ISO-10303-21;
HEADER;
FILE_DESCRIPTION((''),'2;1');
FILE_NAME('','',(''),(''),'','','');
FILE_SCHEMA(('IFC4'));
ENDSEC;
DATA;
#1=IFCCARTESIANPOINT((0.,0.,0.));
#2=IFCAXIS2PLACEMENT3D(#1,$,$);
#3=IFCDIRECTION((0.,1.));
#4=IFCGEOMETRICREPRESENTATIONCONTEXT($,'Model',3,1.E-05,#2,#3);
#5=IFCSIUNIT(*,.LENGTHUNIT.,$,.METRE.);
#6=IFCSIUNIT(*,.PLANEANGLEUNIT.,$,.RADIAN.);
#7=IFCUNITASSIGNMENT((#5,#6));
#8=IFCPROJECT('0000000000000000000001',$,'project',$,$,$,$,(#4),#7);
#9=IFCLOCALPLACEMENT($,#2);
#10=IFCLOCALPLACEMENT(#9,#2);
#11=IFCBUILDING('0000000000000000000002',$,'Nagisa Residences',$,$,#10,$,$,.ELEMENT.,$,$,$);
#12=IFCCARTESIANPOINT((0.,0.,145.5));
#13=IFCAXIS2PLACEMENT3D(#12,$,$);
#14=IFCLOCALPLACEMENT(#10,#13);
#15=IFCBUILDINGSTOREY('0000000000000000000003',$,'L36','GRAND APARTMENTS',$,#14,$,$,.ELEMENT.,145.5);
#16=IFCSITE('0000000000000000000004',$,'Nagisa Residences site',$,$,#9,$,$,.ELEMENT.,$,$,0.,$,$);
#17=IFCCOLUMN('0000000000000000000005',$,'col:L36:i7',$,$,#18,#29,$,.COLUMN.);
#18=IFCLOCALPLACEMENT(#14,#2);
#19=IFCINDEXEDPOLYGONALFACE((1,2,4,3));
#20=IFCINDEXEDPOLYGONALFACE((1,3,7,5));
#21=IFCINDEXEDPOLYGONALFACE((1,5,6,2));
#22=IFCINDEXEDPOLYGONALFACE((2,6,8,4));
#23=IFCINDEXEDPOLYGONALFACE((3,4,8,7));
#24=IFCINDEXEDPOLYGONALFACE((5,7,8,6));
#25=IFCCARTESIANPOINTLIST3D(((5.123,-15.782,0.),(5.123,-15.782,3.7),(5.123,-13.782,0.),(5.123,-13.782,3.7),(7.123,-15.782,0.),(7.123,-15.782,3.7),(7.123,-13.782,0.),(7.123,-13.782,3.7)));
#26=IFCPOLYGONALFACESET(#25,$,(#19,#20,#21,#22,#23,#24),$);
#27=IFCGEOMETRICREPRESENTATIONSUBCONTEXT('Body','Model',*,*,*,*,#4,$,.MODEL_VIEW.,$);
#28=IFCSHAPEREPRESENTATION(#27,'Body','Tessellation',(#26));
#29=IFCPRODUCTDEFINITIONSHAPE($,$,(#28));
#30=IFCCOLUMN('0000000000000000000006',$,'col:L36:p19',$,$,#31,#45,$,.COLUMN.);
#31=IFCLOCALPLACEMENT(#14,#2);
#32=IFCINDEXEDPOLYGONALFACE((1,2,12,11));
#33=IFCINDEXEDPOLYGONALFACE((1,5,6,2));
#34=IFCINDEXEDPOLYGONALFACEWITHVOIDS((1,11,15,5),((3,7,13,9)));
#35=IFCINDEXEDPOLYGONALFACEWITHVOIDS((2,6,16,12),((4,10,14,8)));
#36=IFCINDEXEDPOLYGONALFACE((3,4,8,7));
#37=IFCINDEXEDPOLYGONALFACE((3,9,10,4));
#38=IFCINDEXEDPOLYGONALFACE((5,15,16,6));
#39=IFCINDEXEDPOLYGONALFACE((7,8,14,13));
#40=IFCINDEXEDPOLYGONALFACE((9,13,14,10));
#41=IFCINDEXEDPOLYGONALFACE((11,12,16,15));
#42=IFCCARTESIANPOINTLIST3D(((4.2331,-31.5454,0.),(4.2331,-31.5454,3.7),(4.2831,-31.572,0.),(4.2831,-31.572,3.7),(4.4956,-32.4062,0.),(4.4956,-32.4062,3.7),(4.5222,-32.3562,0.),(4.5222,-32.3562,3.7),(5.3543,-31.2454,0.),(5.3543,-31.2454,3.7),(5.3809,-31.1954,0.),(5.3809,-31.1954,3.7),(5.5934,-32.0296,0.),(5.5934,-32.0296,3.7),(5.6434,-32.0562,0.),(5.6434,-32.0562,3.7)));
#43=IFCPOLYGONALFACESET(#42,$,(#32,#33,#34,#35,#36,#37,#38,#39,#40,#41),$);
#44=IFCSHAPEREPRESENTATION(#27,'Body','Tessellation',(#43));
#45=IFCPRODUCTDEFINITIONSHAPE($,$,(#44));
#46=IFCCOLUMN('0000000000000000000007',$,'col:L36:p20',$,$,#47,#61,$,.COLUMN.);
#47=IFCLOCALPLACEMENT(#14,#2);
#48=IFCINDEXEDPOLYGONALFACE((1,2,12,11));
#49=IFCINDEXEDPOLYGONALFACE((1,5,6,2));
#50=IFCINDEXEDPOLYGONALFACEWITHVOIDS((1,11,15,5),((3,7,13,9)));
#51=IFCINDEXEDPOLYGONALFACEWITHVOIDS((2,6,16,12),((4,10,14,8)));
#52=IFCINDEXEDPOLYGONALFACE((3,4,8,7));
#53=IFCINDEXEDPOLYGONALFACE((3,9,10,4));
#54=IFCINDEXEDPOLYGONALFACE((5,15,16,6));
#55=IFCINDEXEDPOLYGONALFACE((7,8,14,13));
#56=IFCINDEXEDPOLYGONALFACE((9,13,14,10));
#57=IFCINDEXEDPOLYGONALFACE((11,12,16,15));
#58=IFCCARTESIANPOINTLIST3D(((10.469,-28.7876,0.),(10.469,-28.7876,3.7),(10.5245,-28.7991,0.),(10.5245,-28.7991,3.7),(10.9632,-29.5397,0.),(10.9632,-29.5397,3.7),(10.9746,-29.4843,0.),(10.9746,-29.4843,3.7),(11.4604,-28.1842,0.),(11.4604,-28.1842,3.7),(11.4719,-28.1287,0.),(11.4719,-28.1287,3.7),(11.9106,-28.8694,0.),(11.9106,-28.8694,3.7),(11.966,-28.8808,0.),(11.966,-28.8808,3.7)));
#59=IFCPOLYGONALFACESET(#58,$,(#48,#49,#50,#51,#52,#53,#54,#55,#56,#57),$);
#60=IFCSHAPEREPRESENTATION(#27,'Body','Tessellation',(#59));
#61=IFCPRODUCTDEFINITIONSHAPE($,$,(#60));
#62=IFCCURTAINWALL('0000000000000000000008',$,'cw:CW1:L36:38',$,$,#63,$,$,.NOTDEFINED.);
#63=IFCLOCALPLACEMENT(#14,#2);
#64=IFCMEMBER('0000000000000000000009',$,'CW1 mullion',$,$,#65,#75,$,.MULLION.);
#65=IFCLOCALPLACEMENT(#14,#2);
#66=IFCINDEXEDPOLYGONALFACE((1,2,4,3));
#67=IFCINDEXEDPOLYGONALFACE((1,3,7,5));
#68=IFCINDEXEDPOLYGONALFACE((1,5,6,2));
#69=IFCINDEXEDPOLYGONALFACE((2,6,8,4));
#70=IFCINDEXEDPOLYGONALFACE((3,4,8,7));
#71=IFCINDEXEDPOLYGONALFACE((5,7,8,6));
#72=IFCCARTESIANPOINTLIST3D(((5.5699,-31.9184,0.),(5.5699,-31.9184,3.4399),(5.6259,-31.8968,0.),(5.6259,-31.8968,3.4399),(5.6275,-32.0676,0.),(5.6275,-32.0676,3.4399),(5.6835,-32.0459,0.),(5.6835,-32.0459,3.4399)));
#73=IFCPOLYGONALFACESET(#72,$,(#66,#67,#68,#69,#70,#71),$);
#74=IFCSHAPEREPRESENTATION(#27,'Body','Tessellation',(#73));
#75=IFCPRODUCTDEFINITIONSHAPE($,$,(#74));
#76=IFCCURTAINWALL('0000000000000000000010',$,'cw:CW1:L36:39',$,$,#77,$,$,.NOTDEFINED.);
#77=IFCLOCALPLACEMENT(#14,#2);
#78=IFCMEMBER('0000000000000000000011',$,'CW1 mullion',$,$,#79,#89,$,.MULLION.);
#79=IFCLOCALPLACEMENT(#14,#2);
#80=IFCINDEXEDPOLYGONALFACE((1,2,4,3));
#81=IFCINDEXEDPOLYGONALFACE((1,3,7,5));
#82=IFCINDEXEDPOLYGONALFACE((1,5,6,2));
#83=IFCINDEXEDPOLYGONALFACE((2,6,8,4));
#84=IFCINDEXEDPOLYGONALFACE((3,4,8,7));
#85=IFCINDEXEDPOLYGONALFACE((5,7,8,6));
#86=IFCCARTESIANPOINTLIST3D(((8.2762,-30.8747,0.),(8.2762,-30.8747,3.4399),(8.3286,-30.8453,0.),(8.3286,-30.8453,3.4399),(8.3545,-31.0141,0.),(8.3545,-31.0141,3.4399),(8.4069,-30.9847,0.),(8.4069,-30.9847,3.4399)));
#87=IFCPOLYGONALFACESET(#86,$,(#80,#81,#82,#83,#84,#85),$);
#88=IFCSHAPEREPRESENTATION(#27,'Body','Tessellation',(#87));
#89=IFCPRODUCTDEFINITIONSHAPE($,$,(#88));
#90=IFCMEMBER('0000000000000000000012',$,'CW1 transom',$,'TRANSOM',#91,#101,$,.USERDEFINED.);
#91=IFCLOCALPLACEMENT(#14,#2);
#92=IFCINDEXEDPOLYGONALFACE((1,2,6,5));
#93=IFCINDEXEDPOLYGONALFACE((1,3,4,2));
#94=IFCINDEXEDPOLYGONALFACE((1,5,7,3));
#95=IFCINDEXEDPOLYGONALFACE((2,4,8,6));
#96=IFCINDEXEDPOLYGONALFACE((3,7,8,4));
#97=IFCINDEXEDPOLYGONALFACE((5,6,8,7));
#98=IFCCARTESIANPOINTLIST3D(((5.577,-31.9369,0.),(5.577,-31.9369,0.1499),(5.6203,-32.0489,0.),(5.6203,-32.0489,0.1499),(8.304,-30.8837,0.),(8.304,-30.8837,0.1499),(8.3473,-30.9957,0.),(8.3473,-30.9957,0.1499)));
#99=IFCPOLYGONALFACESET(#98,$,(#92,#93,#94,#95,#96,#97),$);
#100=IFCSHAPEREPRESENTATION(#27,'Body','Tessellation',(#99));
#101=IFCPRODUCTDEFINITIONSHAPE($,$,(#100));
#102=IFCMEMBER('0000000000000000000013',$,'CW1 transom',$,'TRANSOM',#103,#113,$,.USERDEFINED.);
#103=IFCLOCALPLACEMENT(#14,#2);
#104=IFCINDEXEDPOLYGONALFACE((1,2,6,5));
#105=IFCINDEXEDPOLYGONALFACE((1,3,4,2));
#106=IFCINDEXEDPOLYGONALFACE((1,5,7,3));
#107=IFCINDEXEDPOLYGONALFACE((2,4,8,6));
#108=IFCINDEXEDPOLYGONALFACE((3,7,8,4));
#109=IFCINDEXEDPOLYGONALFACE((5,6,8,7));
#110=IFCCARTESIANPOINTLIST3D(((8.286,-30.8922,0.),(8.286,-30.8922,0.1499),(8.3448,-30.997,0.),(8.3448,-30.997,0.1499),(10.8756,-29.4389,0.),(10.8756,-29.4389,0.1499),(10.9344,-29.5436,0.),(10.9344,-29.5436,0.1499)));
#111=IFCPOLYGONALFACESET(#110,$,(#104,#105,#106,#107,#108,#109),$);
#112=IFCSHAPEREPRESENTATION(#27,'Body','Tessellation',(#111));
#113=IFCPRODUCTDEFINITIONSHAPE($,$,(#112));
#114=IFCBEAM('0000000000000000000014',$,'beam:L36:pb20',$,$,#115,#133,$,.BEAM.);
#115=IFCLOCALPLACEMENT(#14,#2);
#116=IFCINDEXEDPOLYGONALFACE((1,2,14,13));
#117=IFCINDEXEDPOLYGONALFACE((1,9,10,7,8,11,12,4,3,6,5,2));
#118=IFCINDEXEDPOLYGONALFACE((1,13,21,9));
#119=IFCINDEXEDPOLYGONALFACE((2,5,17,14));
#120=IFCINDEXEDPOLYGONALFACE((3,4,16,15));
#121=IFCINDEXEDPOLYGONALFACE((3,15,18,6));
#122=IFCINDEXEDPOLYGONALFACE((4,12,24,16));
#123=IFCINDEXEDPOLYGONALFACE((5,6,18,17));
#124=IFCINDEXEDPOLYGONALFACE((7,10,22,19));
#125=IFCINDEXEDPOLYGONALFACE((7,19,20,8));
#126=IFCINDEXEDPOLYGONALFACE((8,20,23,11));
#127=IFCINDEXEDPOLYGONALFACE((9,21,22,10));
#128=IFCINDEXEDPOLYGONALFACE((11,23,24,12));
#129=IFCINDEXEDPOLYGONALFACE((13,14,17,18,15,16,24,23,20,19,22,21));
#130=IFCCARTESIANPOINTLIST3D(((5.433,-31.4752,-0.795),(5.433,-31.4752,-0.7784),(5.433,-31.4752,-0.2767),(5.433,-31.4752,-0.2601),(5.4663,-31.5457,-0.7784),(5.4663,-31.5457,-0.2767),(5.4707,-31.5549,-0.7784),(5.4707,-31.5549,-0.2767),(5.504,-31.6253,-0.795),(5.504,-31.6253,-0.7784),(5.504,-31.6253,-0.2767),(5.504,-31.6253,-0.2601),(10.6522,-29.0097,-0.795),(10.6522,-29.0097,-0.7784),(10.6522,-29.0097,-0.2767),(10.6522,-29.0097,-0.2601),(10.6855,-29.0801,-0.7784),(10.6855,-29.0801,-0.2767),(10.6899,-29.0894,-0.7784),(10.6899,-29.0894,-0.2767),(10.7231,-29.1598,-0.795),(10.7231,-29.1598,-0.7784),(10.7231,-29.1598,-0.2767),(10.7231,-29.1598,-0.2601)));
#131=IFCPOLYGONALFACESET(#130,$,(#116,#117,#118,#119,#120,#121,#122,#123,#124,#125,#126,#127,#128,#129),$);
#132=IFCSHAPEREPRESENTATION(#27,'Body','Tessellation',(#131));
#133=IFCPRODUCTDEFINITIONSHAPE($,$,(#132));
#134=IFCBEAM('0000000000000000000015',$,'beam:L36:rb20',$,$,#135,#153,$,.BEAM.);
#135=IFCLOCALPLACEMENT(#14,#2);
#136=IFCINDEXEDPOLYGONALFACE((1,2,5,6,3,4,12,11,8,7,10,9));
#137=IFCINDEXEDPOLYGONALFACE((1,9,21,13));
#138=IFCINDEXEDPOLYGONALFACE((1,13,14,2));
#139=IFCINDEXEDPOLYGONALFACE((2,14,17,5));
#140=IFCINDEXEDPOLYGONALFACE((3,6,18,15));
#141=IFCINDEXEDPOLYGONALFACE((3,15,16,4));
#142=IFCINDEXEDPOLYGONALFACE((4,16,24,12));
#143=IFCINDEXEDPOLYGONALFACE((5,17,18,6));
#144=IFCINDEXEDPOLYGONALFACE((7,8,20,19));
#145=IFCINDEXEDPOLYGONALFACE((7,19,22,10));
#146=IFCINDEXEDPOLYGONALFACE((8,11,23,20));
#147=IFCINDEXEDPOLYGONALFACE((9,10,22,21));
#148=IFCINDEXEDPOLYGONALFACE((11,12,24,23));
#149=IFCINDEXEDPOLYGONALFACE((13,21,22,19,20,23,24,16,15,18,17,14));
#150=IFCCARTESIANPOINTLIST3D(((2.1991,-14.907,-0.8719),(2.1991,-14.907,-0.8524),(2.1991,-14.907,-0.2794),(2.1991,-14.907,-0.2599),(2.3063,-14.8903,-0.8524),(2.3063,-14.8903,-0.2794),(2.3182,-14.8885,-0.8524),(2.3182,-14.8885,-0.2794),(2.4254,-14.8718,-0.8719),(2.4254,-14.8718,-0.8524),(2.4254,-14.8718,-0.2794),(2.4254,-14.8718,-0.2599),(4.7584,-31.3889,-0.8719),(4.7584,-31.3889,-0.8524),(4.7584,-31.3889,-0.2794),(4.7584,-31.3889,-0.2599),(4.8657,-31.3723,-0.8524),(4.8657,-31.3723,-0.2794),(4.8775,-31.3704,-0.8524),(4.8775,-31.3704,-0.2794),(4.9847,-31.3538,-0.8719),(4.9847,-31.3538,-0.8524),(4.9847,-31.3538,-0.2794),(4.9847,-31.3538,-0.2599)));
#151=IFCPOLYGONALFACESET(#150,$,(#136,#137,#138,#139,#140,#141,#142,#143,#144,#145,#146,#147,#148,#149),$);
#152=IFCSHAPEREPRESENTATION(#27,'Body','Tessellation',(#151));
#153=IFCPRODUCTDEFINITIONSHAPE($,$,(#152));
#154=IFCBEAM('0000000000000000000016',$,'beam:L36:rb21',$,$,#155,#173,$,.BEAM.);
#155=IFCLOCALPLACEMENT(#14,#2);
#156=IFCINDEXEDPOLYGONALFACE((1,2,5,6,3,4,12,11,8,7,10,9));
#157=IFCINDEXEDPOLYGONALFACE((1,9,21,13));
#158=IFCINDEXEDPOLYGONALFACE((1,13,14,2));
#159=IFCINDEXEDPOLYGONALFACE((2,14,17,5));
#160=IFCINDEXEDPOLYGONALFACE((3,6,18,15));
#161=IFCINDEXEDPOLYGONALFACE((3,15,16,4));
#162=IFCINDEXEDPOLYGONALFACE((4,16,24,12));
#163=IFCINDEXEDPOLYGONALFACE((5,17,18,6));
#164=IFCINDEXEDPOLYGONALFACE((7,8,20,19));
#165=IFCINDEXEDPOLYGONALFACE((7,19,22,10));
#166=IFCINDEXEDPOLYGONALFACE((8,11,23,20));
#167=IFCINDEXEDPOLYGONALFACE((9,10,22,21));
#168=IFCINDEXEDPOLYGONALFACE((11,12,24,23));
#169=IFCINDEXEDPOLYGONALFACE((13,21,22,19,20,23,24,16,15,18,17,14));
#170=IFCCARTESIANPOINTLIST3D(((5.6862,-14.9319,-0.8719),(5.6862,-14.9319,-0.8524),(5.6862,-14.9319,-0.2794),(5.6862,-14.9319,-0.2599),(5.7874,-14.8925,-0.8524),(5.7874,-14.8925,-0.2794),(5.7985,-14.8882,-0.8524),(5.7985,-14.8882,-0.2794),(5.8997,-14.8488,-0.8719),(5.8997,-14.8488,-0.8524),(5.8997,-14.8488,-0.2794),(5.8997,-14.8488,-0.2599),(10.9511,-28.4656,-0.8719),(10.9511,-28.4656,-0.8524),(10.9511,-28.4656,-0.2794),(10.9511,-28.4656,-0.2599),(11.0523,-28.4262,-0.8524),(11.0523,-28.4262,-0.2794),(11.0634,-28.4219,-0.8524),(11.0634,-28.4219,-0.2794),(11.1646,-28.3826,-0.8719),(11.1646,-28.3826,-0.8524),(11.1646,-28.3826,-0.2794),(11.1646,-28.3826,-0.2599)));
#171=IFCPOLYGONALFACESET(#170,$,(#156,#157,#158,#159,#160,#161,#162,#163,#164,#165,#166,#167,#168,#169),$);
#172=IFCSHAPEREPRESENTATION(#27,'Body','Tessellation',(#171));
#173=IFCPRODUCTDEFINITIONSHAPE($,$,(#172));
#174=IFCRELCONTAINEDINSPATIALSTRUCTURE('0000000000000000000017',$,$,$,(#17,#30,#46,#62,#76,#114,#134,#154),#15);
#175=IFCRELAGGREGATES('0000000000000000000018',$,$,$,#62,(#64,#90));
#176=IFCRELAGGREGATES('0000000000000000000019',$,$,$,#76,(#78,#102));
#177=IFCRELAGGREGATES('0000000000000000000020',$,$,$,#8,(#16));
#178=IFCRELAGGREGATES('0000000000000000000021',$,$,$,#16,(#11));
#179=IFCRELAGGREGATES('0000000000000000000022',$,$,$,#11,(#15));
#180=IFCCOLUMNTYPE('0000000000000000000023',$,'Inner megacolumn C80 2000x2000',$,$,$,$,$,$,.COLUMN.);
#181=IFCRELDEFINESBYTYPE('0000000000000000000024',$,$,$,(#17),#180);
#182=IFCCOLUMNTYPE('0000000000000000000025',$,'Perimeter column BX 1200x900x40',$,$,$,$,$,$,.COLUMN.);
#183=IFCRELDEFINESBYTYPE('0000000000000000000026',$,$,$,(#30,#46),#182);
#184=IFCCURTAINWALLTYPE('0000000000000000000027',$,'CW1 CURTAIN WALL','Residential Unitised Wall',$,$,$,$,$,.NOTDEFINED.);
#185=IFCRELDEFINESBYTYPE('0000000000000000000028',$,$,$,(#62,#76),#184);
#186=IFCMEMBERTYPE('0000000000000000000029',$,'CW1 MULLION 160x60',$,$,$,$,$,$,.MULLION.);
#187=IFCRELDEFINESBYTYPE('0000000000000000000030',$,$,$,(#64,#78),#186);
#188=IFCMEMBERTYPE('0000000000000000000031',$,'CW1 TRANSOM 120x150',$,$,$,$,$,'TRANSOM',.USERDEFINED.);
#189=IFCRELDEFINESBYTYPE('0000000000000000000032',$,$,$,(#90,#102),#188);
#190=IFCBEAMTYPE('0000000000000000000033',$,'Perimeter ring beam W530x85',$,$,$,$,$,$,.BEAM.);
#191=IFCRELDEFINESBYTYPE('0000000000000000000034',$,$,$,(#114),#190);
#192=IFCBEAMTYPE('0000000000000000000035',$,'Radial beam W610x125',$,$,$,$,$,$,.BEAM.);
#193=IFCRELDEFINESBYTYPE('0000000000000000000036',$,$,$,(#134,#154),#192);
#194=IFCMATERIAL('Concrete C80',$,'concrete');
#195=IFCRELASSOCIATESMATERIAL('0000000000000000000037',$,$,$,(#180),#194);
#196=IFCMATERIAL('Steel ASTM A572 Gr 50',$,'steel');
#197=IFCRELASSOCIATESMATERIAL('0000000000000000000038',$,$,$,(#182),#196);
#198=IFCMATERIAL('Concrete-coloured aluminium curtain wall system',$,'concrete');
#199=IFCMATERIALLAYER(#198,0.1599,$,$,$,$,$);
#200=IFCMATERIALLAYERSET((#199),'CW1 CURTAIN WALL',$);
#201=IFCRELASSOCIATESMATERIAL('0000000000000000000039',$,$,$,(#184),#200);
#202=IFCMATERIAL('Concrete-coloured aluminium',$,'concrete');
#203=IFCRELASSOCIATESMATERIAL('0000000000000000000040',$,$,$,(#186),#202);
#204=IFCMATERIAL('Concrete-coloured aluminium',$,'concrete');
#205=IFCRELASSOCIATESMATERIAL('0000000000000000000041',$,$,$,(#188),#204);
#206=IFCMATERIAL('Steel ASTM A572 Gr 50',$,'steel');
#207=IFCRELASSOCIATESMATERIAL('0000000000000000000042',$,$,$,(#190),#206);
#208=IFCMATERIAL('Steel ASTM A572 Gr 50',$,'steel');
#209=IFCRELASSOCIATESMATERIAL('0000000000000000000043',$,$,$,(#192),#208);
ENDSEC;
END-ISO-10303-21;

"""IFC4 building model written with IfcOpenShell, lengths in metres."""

from ifc_helpers import new_model, si_unit, direction, frame, origin, origin_2d, place, context, subcontext, project, spatial, rectangle, hollow_rectangle, i_section, extrude, material, layer, layer_set, material_profile, profile_set, type_object, element, aggregate, save


model = new_model("IFC4")

# Units and contexts
model_context = context("Model", 3, precision=1e-05, world=origin(), true_north=direction((0.0, 1.0)))
body_context = subcontext(model_context, "Body", "Model", "MODEL_VIEW")
ifc_project = project(units=[si_unit("LENGTHUNIT", "METRE"), si_unit("PLANEANGLEUNIT", "RADIAN")], contexts=[model_context])

# Site, building, storey
site_placement = place(None, origin())
site = spatial("IfcSite", under=ifc_project, at=site_placement, Name="Nagisa Residences site", CompositionType="ELEMENT", RefElevation=0.0)
building_placement = place(site_placement, origin())
building = spatial("IfcBuilding", under=site, at=building_placement, Name="Nagisa Residences", CompositionType="ELEMENT")
storey_placement = place(building_placement, frame((0.0, 0.0, 145.5)))
storey = spatial("IfcBuildingStorey", under=building, at=storey_placement, Name="L36", Description="GRAND APARTMENTS", CompositionType="ELEMENT", Elevation=145.5)

# Columns
ifc_material_1 = material(Name="Concrete C80", Category="concrete")
ifc_material_profile_1 = material_profile(ifc_material_1, rectangle(XDim=2.0, YDim=2.0, at=origin_2d()), Name="C80 2000x2000")
ifc_profile_set_1 = profile_set([ifc_material_profile_1], Name="Concrete C80")
column_type_1 = type_object("IfcColumnType", Name="Inner megacolumn C80 2000x2000", PredefinedType="COLUMN", material=ifc_profile_set_1)
column_placement = place(storey_placement, frame((6.123, -14.782, 0.0), z_axis=(0.0, 0.0, 1.0), x_axis=(1.0, 0.0, 0.0)))
element("IfcColumn", 1, at=column_placement, inside=storey, type_object=column_type_1, Name="col:L36:i7", PredefinedType="COLUMN", context=body_context, shape_type="SweptSolid", body=[
    extrude(rectangle(XDim=2.0, YDim=2.0, at=origin_2d()), origin(), (0.0, 0.0, 1.0), 3.7),
])
ifc_material_2 = material(Name="Steel ASTM A572 Gr 50", Category="steel")
ifc_material_profile_2 = material_profile(ifc_material_2, hollow_rectangle(XDim=1.2, YDim=0.8999, WallThickness=0.04, at=origin_2d()), Name="BX 1200x900x40")
ifc_profile_set_2 = profile_set([ifc_material_profile_2], Name="Steel ASTM A572 Gr 50")
column_type_2 = type_object("IfcColumnType", Name="Perimeter column BX 1200x900x40", PredefinedType="COLUMN", material=ifc_profile_set_2)
for number, where, z_axis, x_axis, name in (
    (2, (4.9382, -31.8008, 0.0), (0.0, 0.0, 1.0), (0.956525, 0.291652, 0.0), "col:L36:p19"),
    (3, (11.2175, -28.8342, 0.0), (0.0, 0.0, 1.0), (0.835766, 0.549086, 0.0), "col:L36:p20"),
):
    element("IfcColumn", number, at=place(storey_placement, frame(where, z_axis=z_axis, x_axis=x_axis)), inside=storey, type_object=column_type_2, Name=name, PredefinedType="COLUMN", context=body_context, shape_type="SweptSolid", body=[
        extrude(hollow_rectangle(XDim=1.2, YDim=0.8999, WallThickness=0.04, at=origin_2d()), origin(), (0.0, 0.0, 1.0), 3.7),
    ])

# Curtain walls, members
ifc_material_3 = material(Name="Concrete-coloured aluminium curtain wall system", Category="concrete")
ifc_layer_1 = layer(ifc_material_3, 0.1599)
ifc_layer_set_1 = layer_set([ifc_layer_1], Name="CW1 CURTAIN WALL")
curtain_wall_type = type_object("IfcCurtainWallType", Name="CW1 CURTAIN WALL", Description="Residential Unitised Wall", PredefinedType="NOTDEFINED", material=ifc_layer_set_1)
curtain_wall_1_placement = place(storey_placement, origin())
curtain_wall_1 = element("IfcCurtainWall", 4, at=curtain_wall_1_placement, inside=storey, type_object=curtain_wall_type, Name="cw:CW1:L36:38", PredefinedType="NOTDEFINED")
ifc_material_4 = material(Name="Concrete-coloured aluminium", Category="concrete")
ifc_material_profile_3 = material_profile(ifc_material_4, rectangle(XDim=0.1599, YDim=0.0601, at=origin_2d()), Name="CW1 MULLION 160x60")
ifc_profile_set_3 = profile_set([ifc_material_profile_3], Name="Concrete-coloured aluminium")
member_type_1 = type_object("IfcMemberType", Name="CW1 MULLION 160x60", PredefinedType="MULLION", material=ifc_profile_set_3)
member_1_placement = place(storey_placement, frame((5.6267, -31.9822, 0.0), z_axis=(0.0, 0.0, 1.0), x_axis=(-0.360328, 0.932826, 0.0)))
member_1 = element("IfcMember", 5, at=member_1_placement, type_object=member_type_1, Name="CW1 mullion", PredefinedType="MULLION", context=body_context, shape_type="SweptSolid", body=[
    extrude(rectangle(XDim=0.1599, YDim=0.0601, at=origin_2d()), origin(), (0.0, 0.0, 1.0), 3.4399),
])
curtain_wall_2_placement = place(storey_placement, origin())
curtain_wall_2 = element("IfcCurtainWall", 6, at=curtain_wall_2_placement, inside=storey, type_object=curtain_wall_type, Name="cw:CW1:L36:39", PredefinedType="NOTDEFINED")
member_2_placement = place(storey_placement, frame((8.3416, -30.9297, 0.0), z_axis=(0.0, 0.0, 1.0), x_axis=(-0.489377, 0.872072, 0.0)))
member_2 = element("IfcMember", 7, at=member_2_placement, type_object=member_type_1, Name="CW1 mullion", PredefinedType="MULLION", context=body_context, shape_type="SweptSolid", body=[
    extrude(rectangle(XDim=0.1599, YDim=0.0601, at=origin_2d()), origin(), (0.0, 0.0, 1.0), 3.4399),
])

# Members
ifc_material_5 = material(Name="Concrete-coloured aluminium", Category="concrete")
ifc_material_profile_4 = material_profile(ifc_material_5, rectangle(XDim=0.1201, YDim=0.1499, at=origin_2d()), Name="CW1 TRANSOM 120x150")
ifc_profile_set_4 = profile_set([ifc_material_profile_4], Name="Concrete-coloured aluminium")
member_type_2 = type_object("IfcMemberType", Name="CW1 TRANSOM 120x150", ElementType="TRANSOM", PredefinedType="USERDEFINED", material=ifc_profile_set_4)
member_3_placement = place(storey_placement, frame((5.5986, -31.9929, 0.075), z_axis=(0.932845, 0.360277, 0.0), x_axis=(-0.360277, 0.932845, 0.0)))
member_3 = element("IfcMember", 8, at=member_3_placement, type_object=member_type_2, Name="CW1 transom", ObjectType="TRANSOM", PredefinedType="USERDEFINED", context=body_context, shape_type="SweptSolid", body=[
    extrude(rectangle(XDim=0.1201, YDim=0.1499, at=origin_2d()), origin(), (0.0, 0.0, 1.0), 2.9233),
])
member_4_placement = place(storey_placement, frame((8.3154, -30.9446, 0.075), z_axis=(0.872047, 0.489422, 0.0), x_axis=(-0.489422, 0.872047, 0.0)))
member_4 = element("IfcMember", 9, at=member_4_placement, type_object=member_type_2, Name="CW1 transom", ObjectType="TRANSOM", PredefinedType="USERDEFINED", context=body_context, shape_type="SweptSolid", body=[
    extrude(rectangle(XDim=0.1201, YDim=0.1499, at=origin_2d()), origin(), (0.0, 0.0, 1.0), 2.9695),
])

# Beams
ifc_material_6 = material(Name="Steel ASTM A572 Gr 50", Category="steel")
ifc_material_profile_5 = material_profile(ifc_material_6, i_section(OverallWidth=0.166, OverallDepth=0.5349, WebThickness=0.0103, FlangeThickness=0.0166, at=origin_2d()), Name="W530x85")
ifc_profile_set_5 = profile_set([ifc_material_profile_5], Name="Steel ASTM A572 Gr 50")
beam_type_1 = type_object("IfcBeamType", Name="Perimeter ring beam W530x85", PredefinedType="BEAM", material=ifc_profile_set_5)
beam_1_placement = place(storey_placement, frame((5.4685, -31.5503, -0.5276), z_axis=(0.904186, 0.427139, 0.0), x_axis=(-0.427139, 0.904186, 0.0)))
element("IfcBeam", 10, at=beam_1_placement, inside=storey, type_object=beam_type_1, Name="beam:L36:pb20", PredefinedType="BEAM", context=body_context, shape_type="SweptSolid", body=[
    extrude(i_section(OverallWidth=0.166, OverallDepth=0.5349, WebThickness=0.0103, FlangeThickness=0.0166, at=origin_2d()), origin(), (0.0, 0.0, 1.0), 5.7722),
])
ifc_material_7 = material(Name="Steel ASTM A572 Gr 50", Category="steel")
ifc_material_profile_6 = material_profile(ifc_material_7, i_section(OverallWidth=0.229, OverallDepth=0.6121, WebThickness=0.012, FlangeThickness=0.0195, at=origin_2d()), Name="W610x125")
ifc_profile_set_6 = profile_set([ifc_material_profile_6], Name="Steel ASTM A572 Gr 50")
beam_type_2 = type_object("IfcBeamType", Name="Radial beam W610x125", PredefinedType="BEAM", material=ifc_profile_set_6)
beam_2_placement = place(storey_placement, frame((4.8716, -31.3713, -0.5659), z_axis=(-0.153442, 0.988158, 0.0), x_axis=(-0.988158, -0.153442, 0.0)))
element("IfcBeam", 11, at=beam_2_placement, inside=storey, type_object=beam_type_2, Name="beam:L36:rb20", PredefinedType="BEAM", context=body_context, shape_type="SweptSolid", body=[
    extrude(i_section(OverallWidth=0.229, OverallDepth=0.6121, WebThickness=0.012, FlangeThickness=0.0195, at=origin_2d()), origin(), (0.0, 0.0, 1.0), 16.6794),
])
beam_3_placement = place(storey_placement, frame((11.0579, -28.4241, -0.5659), z_axis=(-0.362553, 0.931963, 0.0), x_axis=(-0.931963, -0.362553, 0.0)))
element("IfcBeam", 12, at=beam_3_placement, inside=storey, type_object=beam_type_2, Name="beam:L36:rb21", PredefinedType="BEAM", context=body_context, shape_type="SweptSolid", body=[
    extrude(i_section(OverallWidth=0.229, OverallDepth=0.6121, WebThickness=0.012, FlangeThickness=0.0195, at=origin_2d()), origin(), (0.0, 0.0, 1.0), 14.5217),
])

aggregate(curtain_wall_1, [member_1, member_3])
aggregate(curtain_wall_2, [member_2, member_4])

save(model, "model.ifc")
